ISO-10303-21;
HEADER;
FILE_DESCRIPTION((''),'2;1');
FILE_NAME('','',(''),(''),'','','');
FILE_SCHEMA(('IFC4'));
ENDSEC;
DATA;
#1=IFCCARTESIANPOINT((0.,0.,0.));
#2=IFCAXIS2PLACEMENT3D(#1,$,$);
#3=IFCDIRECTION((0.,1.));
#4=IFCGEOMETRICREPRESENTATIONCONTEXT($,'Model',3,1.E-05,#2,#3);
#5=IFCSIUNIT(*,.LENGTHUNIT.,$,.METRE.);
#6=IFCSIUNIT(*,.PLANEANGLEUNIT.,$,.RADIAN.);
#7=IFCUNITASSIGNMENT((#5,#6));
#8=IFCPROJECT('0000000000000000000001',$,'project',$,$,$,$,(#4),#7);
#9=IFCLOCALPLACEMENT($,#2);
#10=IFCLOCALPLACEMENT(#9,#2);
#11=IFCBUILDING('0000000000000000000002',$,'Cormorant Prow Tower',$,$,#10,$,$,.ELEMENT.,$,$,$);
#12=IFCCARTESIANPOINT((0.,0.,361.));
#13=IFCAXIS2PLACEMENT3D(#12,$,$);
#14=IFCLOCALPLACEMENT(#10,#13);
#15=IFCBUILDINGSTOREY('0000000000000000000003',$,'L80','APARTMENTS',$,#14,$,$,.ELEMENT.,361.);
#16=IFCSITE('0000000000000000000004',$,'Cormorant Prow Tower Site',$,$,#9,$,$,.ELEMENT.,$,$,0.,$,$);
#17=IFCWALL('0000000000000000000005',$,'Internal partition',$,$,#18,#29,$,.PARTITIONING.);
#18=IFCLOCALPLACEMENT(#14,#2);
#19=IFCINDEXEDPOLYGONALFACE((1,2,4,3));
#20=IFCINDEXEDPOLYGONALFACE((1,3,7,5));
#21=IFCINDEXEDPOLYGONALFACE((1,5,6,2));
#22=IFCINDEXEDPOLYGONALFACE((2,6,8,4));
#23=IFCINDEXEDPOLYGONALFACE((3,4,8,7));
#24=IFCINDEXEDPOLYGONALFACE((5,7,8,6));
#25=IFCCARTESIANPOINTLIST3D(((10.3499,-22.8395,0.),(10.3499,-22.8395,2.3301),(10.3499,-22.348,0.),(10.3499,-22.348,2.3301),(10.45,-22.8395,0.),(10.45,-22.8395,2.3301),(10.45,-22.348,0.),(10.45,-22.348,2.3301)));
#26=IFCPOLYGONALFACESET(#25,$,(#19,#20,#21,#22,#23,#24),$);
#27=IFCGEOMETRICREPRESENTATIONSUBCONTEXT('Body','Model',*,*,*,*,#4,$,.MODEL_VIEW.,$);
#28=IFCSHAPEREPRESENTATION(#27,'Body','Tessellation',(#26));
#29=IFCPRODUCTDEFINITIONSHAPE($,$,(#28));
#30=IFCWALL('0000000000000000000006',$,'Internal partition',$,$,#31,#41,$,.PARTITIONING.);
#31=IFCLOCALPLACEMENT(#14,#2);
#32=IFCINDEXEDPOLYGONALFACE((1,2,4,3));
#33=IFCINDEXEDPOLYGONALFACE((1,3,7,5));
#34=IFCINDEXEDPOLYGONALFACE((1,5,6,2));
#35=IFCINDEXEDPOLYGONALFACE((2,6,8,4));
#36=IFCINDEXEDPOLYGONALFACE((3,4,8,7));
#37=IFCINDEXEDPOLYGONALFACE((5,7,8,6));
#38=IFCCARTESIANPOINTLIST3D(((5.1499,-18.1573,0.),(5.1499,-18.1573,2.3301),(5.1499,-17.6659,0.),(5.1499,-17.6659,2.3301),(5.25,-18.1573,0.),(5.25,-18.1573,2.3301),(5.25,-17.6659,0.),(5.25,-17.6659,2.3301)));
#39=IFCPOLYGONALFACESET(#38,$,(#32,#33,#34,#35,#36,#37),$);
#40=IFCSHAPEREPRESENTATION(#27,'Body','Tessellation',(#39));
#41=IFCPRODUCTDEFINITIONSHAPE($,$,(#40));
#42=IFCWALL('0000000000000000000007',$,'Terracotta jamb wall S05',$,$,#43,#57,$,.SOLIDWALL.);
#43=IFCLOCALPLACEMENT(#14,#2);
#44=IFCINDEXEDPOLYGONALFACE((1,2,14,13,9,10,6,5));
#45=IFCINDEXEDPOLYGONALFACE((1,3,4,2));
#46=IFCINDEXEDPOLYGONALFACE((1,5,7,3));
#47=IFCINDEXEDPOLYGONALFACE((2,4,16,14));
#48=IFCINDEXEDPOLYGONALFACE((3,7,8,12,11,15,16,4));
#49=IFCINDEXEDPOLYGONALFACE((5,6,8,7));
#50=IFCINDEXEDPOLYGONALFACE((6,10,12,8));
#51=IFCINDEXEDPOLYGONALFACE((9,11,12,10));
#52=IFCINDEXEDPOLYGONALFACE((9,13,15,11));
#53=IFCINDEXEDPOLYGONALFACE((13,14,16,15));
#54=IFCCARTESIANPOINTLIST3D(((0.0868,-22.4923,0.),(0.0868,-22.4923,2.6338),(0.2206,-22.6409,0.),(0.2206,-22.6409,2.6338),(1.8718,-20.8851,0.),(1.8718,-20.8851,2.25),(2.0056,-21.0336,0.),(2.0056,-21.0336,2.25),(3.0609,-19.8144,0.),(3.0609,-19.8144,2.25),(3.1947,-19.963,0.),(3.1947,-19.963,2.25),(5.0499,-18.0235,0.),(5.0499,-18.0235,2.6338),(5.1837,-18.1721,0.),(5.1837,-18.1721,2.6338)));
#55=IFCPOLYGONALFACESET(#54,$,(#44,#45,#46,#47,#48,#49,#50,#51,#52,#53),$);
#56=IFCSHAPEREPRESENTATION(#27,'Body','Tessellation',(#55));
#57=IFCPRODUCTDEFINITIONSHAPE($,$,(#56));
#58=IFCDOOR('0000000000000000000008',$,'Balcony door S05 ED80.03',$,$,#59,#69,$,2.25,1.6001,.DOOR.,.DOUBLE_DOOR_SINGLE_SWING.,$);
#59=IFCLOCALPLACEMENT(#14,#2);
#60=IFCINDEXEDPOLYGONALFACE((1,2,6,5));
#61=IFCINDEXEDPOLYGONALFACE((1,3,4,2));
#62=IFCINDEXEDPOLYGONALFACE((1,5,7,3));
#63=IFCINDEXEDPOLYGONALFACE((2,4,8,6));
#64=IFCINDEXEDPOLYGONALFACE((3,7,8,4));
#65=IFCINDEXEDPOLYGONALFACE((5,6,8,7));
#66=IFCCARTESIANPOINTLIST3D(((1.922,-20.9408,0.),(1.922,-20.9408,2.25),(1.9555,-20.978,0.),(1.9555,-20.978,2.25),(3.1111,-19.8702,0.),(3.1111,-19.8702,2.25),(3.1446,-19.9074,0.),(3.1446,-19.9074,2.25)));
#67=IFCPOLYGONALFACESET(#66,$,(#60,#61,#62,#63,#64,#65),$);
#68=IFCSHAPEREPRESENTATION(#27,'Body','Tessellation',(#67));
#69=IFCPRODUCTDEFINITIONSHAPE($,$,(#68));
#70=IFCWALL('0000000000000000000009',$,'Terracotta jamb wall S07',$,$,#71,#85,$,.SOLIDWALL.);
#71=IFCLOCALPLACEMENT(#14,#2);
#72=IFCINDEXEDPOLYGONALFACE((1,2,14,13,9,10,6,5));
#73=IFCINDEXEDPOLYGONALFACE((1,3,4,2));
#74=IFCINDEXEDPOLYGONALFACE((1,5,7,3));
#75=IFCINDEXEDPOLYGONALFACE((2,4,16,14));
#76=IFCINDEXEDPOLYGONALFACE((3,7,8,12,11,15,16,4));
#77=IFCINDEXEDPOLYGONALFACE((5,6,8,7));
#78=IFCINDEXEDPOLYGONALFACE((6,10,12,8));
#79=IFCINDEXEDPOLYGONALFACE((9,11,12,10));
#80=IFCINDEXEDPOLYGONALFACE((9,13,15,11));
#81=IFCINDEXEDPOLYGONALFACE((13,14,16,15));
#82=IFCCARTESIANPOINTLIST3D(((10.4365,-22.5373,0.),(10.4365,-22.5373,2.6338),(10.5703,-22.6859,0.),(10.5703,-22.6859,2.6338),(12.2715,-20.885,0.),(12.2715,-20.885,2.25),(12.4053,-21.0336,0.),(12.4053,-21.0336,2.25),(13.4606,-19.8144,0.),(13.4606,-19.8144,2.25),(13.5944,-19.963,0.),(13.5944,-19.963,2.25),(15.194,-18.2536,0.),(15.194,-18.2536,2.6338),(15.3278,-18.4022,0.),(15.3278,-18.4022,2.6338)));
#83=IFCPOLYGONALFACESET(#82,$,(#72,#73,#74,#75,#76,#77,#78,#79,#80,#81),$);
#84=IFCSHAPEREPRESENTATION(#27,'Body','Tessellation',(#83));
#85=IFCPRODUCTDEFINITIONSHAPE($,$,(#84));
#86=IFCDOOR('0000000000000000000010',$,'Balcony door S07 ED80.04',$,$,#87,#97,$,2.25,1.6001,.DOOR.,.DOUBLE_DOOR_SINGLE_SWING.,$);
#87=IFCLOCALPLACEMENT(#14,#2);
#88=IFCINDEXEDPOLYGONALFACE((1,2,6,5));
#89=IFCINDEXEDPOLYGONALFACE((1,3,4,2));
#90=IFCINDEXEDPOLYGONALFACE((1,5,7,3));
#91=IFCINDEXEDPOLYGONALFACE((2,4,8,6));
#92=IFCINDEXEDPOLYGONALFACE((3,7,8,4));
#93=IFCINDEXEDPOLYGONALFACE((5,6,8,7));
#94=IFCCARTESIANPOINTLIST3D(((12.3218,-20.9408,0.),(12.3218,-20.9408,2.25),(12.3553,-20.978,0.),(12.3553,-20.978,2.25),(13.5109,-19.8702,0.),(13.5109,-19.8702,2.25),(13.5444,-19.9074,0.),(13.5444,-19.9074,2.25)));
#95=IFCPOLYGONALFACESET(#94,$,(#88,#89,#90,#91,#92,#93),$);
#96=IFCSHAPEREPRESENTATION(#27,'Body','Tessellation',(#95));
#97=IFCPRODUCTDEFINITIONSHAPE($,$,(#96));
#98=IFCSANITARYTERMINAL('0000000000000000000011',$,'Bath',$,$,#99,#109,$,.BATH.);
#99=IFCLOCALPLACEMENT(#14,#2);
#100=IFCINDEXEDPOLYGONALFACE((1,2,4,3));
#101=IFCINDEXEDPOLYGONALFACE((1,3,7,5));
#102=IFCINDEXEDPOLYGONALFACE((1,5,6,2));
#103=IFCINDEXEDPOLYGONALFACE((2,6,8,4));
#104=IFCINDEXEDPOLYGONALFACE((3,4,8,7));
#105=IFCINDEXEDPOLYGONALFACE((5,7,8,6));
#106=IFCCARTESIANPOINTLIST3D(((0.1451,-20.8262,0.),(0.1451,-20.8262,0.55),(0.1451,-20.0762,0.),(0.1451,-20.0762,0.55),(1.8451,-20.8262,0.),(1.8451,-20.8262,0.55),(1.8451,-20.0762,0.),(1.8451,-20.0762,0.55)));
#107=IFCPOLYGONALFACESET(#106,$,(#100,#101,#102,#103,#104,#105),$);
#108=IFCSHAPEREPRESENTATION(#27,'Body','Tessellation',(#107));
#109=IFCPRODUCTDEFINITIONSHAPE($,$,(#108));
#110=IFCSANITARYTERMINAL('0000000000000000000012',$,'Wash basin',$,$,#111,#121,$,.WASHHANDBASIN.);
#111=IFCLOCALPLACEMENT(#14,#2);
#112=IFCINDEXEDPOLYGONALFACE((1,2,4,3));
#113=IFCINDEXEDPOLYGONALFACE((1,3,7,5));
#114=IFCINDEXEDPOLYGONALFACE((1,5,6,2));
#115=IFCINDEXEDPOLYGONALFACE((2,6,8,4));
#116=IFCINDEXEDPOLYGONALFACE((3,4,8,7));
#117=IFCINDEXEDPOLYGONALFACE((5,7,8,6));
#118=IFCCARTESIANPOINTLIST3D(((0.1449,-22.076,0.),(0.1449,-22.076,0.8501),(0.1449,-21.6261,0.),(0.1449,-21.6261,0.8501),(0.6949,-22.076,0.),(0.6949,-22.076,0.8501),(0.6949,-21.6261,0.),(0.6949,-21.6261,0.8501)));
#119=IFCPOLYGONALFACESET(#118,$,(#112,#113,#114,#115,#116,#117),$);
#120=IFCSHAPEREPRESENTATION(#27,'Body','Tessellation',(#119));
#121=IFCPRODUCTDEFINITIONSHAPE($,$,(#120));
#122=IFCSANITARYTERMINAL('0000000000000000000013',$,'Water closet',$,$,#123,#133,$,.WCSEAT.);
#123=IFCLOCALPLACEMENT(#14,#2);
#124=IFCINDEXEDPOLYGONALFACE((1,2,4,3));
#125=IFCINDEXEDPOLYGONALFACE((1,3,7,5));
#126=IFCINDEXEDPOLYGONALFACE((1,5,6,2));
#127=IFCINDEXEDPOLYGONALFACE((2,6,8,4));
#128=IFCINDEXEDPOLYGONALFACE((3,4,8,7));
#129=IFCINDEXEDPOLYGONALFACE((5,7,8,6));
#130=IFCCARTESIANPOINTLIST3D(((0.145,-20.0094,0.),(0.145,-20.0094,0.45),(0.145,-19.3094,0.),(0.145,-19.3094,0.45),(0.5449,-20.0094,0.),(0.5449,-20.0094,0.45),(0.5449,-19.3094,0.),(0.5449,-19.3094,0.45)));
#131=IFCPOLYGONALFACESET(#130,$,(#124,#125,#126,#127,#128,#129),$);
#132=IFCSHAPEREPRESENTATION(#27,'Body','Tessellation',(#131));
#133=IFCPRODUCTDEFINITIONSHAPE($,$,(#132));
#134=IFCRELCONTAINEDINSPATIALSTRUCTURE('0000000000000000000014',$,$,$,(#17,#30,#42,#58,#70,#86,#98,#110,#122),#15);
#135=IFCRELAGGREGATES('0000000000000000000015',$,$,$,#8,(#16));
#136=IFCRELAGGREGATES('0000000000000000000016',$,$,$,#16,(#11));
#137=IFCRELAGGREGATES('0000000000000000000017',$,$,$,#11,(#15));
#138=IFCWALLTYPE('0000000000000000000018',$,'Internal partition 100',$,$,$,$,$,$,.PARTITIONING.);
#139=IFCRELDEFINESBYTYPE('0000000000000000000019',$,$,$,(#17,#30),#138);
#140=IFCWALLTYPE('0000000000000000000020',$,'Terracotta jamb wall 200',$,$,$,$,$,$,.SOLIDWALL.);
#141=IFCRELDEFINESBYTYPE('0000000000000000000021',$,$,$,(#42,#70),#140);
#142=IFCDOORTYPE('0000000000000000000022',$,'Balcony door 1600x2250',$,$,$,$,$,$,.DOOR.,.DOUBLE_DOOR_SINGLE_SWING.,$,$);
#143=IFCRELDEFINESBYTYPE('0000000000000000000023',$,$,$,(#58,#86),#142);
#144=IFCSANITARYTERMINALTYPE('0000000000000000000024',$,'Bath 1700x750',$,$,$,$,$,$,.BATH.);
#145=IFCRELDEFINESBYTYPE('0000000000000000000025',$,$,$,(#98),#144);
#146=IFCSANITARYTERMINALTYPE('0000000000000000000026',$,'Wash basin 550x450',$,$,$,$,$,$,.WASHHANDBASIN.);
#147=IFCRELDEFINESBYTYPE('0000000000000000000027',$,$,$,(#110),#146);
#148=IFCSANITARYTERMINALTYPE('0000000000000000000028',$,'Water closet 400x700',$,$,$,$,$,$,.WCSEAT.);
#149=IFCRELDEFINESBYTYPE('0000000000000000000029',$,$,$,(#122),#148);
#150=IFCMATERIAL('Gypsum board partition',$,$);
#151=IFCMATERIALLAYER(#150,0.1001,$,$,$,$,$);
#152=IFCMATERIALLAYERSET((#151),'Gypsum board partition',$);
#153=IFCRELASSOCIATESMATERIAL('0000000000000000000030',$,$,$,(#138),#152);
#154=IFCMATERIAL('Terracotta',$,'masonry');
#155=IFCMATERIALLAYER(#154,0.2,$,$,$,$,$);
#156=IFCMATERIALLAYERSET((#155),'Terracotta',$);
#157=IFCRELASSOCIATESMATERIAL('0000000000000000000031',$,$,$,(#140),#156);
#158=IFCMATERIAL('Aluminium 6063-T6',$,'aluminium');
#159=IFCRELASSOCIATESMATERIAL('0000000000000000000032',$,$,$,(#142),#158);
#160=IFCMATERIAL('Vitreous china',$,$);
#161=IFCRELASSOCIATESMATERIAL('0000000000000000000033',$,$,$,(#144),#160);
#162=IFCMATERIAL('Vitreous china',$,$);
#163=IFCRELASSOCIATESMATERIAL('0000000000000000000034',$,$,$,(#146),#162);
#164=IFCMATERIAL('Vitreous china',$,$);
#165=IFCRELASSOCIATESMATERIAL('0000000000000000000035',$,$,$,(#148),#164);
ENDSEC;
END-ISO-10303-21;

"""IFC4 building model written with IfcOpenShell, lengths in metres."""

from ifc_helpers import new_model, si_unit, direction, frame, frame_2d, origin, origin_2d, place, context, subcontext, project, spatial, rectangle, extrude, material, layer, layer_set, type_object, element, fill, save


model = new_model("IFC4")

# Units and contexts
model_context = context("Model", 3, precision=1e-05, world=origin(), true_north=direction((0.0, 1.0)))
body_context = subcontext(model_context, "Body", "Model", "MODEL_VIEW")
ifc_project = project(units=[si_unit("LENGTHUNIT", "METRE"), si_unit("PLANEANGLEUNIT", "RADIAN")], contexts=[model_context])

# Site, building, storey
site_placement = place(None, origin())
site = spatial("IfcSite", under=ifc_project, at=site_placement, Name="Cormorant Prow Tower Site", CompositionType="ELEMENT", RefElevation=0.0)
building_placement = place(site_placement, origin())
building = spatial("IfcBuilding", under=site, at=building_placement, Name="Cormorant Prow Tower", CompositionType="ELEMENT")
storey_placement = place(building_placement, frame((0.0, 0.0, 361.0)))
storey = spatial("IfcBuildingStorey", under=building, at=storey_placement, Name="L80", Description="APARTMENTS", CompositionType="ELEMENT", Elevation=361.0)

# Shared definitions
ifc_material_1 = material(Name="Gypsum board partition")
ifc_layer_1 = layer(ifc_material_1, 0.1001)
ifc_layer_set_1 = layer_set([ifc_layer_1], Name="Gypsum board partition")
wall_type_1 = type_object("IfcWallType", Name="Internal partition 100", PredefinedType="PARTITIONING", material=ifc_layer_set_1)

# Walls
for number, where, z_axis, x_axis, name in (
    (1, (10.3999, -22.8394, 0.0), (0.0, 0.0, 1.0), (0.0, 1.0, 0.0), "Internal partition"),
    (2, (5.2, -18.1572, 0.0), (0.0, 0.0, 1.0), (0.0, 1.0, 0.0), "Internal partition"),
):
    element("IfcWall", number, at=place(storey_placement, frame(where, z_axis=z_axis, x_axis=x_axis)), inside=storey, type_object=wall_type_1, Name=name, PredefinedType="PARTITIONING", context=body_context, shape_type="SweptSolid", body=[
        extrude(rectangle(XDim=0.4915, YDim=0.1001, at=frame_2d((0.2456, 0.0))), origin(), (0.0, 0.0, 1.0), 2.3301),
    ])

# Walls, openings, doors
ifc_material_2 = material(Name="Terracotta", Category="masonry")
ifc_layer_2 = layer(ifc_material_2, 0.2)
ifc_layer_set_2 = layer_set([ifc_layer_2], Name="Terracotta")
wall_type_2 = type_object("IfcWallType", Name="Terracotta jamb wall 200", PredefinedType="SOLIDWALL", material=ifc_layer_set_2)
wall_1_placement = place(storey_placement, frame((0.1536, -22.5667, 0.0), z_axis=(0.0, 0.0, 1.0), x_axis=(0.743151, 0.669124, 0.0)))
wall_1 = element("IfcWall", 3, at=wall_1_placement, inside=storey, type_object=wall_type_2, Name="Terracotta jamb wall S05", PredefinedType="SOLIDWALL", context=body_context, shape_type="SweptSolid", body=[
    extrude(rectangle(XDim=6.6785, YDim=0.2, at=frame_2d((3.3394, 0.0))), origin(), (0.0, 0.0, 1.0), 2.6338),
])
opening_1_placement = place(wall_1_placement, frame((2.4021, 0.0, 0.0)))
opening_1 = element("IfcOpeningElement", 4, at=opening_1_placement, cuts=wall_1, PredefinedType="OPENING", context=body_context, shape_type="SweptSolid", body=[
    extrude(rectangle(XDim=1.6001, YDim=2.25, at=frame_2d((0.8, 1.125))), frame((0.0, 0.1099, 0.0), z_axis=(0.0, -1.0, 0.0), x_axis=(1.0, 0.0, 0.0)), (0.0, 0.0, 1.0), 0.22),
])
ifc_material_3 = material(Name="Aluminium 6063-T6", Category="aluminium")
door_type_1 = type_object("IfcDoorType", Name="Balcony door 1600x2250", OperationType="DOUBLE_DOOR_SINGLE_SWING", PredefinedType="DOOR", material=ifc_material_3)
door_1_placement = place(opening_1_placement, origin())
door_1 = element("IfcDoor", 5, at=door_1_placement, inside=storey, type_object=door_type_1, Name="Balcony door S05 ED80.03", OperationType="DOUBLE_DOOR_SINGLE_SWING", OverallHeight=2.25, OverallWidth=1.6001, PredefinedType="DOOR", context=body_context, shape_type="SweptSolid", body=[
    extrude(rectangle(XDim=1.6001, YDim=2.25, at=frame_2d((0.8, 1.125))), frame((0.0, 0.0249, 0.0), z_axis=(0.0, -1.0, 0.0), x_axis=(1.0, 0.0, 0.0)), (0.0, 0.0, 1.0), 0.05),
])
fill(opening_1, door_1)
wall_2_placement = place(storey_placement, frame((10.5034, -22.6116, 0.0), z_axis=(0.0, 0.0, 1.0), x_axis=(0.743148, 0.669127, 0.0)))
wall_2 = element("IfcWall", 6, at=wall_2_placement, inside=storey, type_object=wall_type_2, Name="Terracotta jamb wall S07", PredefinedType="SOLIDWALL", context=body_context, shape_type="SweptSolid", body=[
    extrude(rectangle(XDim=6.4019, YDim=0.2, at=frame_2d((3.2009, 0.0))), origin(), (0.0, 0.0, 1.0), 2.6338),
])
opening_2_placement = place(wall_2_placement, frame((2.4692, 0.0, 0.0)))
opening_2 = element("IfcOpeningElement", 7, at=opening_2_placement, cuts=wall_2, PredefinedType="OPENING", context=body_context, shape_type="SweptSolid", body=[
    extrude(rectangle(XDim=1.6001, YDim=2.25, at=frame_2d((0.8, 1.125))), frame((0.0, 0.1099, 0.0), z_axis=(0.0, -1.0, 0.0), x_axis=(1.0, 0.0, 0.0)), (0.0, 0.0, 1.0), 0.22),
])
door_2_placement = place(opening_2_placement, origin())
door_2 = element("IfcDoor", 8, at=door_2_placement, inside=storey, type_object=door_type_1, Name="Balcony door S07 ED80.04", OperationType="DOUBLE_DOOR_SINGLE_SWING", OverallHeight=2.25, OverallWidth=1.6001, PredefinedType="DOOR", context=body_context, shape_type="SweptSolid", body=[
    extrude(rectangle(XDim=1.6001, YDim=2.25, at=frame_2d((0.8, 1.125))), frame((0.0, 0.0249, 0.0), z_axis=(0.0, -1.0, 0.0), x_axis=(1.0, 0.0, 0.0)), (0.0, 0.0, 1.0), 0.05),
])
fill(opening_2, door_2)

# Sanitary terminals
ifc_material_4 = material(Name="Vitreous china")
sanitary_terminal_type_1 = type_object("IfcSanitaryTerminalType", Name="Bath 1700x750", PredefinedType="BATH", material=ifc_material_4)
sanitary_terminal_1_placement = place(storey_placement, frame((0.9951, -20.4512, 0.0), z_axis=(0.0, 0.0, 1.0), x_axis=(1.0, 0.0, 0.0)))
element("IfcSanitaryTerminal", 9, at=sanitary_terminal_1_placement, inside=storey, type_object=sanitary_terminal_type_1, Name="Bath", PredefinedType="BATH", context=body_context, shape_type="SweptSolid", body=[
    extrude(rectangle(XDim=1.7, YDim=0.75, at=origin_2d()), origin(), (0.0, 0.0, 1.0), 0.55),
])
ifc_material_5 = material(Name="Vitreous china")
sanitary_terminal_type_2 = type_object("IfcSanitaryTerminalType", Name="Wash basin 550x450", PredefinedType="WASHHANDBASIN", material=ifc_material_5)
sanitary_terminal_2_placement = place(storey_placement, frame((0.4199, -21.8511, 0.0), z_axis=(0.0, 0.0, 1.0), x_axis=(1.0, 0.0, 0.0)))
element("IfcSanitaryTerminal", 10, at=sanitary_terminal_2_placement, inside=storey, type_object=sanitary_terminal_type_2, Name="Wash basin", PredefinedType="WASHHANDBASIN", context=body_context, shape_type="SweptSolid", body=[
    extrude(rectangle(XDim=0.55, YDim=0.45, at=origin_2d()), origin(), (0.0, 0.0, 1.0), 0.8501),
])
ifc_material_6 = material(Name="Vitreous china")
sanitary_terminal_type_3 = type_object("IfcSanitaryTerminalType", Name="Water closet 400x700", PredefinedType="WCSEAT", material=ifc_material_6)
sanitary_terminal_3_placement = place(storey_placement, frame((0.345, -19.6594, 0.0), z_axis=(0.0, 0.0, 1.0), x_axis=(1.0, 0.0, 0.0)))
element("IfcSanitaryTerminal", 11, at=sanitary_terminal_3_placement, inside=storey, type_object=sanitary_terminal_type_3, Name="Water closet", PredefinedType="WCSEAT", context=body_context, shape_type="SweptSolid", body=[
    extrude(rectangle(XDim=0.3999, YDim=0.7, at=origin_2d()), origin(), (0.0, 0.0, 1.0), 0.45),
])

save(model, "model.ifc")
